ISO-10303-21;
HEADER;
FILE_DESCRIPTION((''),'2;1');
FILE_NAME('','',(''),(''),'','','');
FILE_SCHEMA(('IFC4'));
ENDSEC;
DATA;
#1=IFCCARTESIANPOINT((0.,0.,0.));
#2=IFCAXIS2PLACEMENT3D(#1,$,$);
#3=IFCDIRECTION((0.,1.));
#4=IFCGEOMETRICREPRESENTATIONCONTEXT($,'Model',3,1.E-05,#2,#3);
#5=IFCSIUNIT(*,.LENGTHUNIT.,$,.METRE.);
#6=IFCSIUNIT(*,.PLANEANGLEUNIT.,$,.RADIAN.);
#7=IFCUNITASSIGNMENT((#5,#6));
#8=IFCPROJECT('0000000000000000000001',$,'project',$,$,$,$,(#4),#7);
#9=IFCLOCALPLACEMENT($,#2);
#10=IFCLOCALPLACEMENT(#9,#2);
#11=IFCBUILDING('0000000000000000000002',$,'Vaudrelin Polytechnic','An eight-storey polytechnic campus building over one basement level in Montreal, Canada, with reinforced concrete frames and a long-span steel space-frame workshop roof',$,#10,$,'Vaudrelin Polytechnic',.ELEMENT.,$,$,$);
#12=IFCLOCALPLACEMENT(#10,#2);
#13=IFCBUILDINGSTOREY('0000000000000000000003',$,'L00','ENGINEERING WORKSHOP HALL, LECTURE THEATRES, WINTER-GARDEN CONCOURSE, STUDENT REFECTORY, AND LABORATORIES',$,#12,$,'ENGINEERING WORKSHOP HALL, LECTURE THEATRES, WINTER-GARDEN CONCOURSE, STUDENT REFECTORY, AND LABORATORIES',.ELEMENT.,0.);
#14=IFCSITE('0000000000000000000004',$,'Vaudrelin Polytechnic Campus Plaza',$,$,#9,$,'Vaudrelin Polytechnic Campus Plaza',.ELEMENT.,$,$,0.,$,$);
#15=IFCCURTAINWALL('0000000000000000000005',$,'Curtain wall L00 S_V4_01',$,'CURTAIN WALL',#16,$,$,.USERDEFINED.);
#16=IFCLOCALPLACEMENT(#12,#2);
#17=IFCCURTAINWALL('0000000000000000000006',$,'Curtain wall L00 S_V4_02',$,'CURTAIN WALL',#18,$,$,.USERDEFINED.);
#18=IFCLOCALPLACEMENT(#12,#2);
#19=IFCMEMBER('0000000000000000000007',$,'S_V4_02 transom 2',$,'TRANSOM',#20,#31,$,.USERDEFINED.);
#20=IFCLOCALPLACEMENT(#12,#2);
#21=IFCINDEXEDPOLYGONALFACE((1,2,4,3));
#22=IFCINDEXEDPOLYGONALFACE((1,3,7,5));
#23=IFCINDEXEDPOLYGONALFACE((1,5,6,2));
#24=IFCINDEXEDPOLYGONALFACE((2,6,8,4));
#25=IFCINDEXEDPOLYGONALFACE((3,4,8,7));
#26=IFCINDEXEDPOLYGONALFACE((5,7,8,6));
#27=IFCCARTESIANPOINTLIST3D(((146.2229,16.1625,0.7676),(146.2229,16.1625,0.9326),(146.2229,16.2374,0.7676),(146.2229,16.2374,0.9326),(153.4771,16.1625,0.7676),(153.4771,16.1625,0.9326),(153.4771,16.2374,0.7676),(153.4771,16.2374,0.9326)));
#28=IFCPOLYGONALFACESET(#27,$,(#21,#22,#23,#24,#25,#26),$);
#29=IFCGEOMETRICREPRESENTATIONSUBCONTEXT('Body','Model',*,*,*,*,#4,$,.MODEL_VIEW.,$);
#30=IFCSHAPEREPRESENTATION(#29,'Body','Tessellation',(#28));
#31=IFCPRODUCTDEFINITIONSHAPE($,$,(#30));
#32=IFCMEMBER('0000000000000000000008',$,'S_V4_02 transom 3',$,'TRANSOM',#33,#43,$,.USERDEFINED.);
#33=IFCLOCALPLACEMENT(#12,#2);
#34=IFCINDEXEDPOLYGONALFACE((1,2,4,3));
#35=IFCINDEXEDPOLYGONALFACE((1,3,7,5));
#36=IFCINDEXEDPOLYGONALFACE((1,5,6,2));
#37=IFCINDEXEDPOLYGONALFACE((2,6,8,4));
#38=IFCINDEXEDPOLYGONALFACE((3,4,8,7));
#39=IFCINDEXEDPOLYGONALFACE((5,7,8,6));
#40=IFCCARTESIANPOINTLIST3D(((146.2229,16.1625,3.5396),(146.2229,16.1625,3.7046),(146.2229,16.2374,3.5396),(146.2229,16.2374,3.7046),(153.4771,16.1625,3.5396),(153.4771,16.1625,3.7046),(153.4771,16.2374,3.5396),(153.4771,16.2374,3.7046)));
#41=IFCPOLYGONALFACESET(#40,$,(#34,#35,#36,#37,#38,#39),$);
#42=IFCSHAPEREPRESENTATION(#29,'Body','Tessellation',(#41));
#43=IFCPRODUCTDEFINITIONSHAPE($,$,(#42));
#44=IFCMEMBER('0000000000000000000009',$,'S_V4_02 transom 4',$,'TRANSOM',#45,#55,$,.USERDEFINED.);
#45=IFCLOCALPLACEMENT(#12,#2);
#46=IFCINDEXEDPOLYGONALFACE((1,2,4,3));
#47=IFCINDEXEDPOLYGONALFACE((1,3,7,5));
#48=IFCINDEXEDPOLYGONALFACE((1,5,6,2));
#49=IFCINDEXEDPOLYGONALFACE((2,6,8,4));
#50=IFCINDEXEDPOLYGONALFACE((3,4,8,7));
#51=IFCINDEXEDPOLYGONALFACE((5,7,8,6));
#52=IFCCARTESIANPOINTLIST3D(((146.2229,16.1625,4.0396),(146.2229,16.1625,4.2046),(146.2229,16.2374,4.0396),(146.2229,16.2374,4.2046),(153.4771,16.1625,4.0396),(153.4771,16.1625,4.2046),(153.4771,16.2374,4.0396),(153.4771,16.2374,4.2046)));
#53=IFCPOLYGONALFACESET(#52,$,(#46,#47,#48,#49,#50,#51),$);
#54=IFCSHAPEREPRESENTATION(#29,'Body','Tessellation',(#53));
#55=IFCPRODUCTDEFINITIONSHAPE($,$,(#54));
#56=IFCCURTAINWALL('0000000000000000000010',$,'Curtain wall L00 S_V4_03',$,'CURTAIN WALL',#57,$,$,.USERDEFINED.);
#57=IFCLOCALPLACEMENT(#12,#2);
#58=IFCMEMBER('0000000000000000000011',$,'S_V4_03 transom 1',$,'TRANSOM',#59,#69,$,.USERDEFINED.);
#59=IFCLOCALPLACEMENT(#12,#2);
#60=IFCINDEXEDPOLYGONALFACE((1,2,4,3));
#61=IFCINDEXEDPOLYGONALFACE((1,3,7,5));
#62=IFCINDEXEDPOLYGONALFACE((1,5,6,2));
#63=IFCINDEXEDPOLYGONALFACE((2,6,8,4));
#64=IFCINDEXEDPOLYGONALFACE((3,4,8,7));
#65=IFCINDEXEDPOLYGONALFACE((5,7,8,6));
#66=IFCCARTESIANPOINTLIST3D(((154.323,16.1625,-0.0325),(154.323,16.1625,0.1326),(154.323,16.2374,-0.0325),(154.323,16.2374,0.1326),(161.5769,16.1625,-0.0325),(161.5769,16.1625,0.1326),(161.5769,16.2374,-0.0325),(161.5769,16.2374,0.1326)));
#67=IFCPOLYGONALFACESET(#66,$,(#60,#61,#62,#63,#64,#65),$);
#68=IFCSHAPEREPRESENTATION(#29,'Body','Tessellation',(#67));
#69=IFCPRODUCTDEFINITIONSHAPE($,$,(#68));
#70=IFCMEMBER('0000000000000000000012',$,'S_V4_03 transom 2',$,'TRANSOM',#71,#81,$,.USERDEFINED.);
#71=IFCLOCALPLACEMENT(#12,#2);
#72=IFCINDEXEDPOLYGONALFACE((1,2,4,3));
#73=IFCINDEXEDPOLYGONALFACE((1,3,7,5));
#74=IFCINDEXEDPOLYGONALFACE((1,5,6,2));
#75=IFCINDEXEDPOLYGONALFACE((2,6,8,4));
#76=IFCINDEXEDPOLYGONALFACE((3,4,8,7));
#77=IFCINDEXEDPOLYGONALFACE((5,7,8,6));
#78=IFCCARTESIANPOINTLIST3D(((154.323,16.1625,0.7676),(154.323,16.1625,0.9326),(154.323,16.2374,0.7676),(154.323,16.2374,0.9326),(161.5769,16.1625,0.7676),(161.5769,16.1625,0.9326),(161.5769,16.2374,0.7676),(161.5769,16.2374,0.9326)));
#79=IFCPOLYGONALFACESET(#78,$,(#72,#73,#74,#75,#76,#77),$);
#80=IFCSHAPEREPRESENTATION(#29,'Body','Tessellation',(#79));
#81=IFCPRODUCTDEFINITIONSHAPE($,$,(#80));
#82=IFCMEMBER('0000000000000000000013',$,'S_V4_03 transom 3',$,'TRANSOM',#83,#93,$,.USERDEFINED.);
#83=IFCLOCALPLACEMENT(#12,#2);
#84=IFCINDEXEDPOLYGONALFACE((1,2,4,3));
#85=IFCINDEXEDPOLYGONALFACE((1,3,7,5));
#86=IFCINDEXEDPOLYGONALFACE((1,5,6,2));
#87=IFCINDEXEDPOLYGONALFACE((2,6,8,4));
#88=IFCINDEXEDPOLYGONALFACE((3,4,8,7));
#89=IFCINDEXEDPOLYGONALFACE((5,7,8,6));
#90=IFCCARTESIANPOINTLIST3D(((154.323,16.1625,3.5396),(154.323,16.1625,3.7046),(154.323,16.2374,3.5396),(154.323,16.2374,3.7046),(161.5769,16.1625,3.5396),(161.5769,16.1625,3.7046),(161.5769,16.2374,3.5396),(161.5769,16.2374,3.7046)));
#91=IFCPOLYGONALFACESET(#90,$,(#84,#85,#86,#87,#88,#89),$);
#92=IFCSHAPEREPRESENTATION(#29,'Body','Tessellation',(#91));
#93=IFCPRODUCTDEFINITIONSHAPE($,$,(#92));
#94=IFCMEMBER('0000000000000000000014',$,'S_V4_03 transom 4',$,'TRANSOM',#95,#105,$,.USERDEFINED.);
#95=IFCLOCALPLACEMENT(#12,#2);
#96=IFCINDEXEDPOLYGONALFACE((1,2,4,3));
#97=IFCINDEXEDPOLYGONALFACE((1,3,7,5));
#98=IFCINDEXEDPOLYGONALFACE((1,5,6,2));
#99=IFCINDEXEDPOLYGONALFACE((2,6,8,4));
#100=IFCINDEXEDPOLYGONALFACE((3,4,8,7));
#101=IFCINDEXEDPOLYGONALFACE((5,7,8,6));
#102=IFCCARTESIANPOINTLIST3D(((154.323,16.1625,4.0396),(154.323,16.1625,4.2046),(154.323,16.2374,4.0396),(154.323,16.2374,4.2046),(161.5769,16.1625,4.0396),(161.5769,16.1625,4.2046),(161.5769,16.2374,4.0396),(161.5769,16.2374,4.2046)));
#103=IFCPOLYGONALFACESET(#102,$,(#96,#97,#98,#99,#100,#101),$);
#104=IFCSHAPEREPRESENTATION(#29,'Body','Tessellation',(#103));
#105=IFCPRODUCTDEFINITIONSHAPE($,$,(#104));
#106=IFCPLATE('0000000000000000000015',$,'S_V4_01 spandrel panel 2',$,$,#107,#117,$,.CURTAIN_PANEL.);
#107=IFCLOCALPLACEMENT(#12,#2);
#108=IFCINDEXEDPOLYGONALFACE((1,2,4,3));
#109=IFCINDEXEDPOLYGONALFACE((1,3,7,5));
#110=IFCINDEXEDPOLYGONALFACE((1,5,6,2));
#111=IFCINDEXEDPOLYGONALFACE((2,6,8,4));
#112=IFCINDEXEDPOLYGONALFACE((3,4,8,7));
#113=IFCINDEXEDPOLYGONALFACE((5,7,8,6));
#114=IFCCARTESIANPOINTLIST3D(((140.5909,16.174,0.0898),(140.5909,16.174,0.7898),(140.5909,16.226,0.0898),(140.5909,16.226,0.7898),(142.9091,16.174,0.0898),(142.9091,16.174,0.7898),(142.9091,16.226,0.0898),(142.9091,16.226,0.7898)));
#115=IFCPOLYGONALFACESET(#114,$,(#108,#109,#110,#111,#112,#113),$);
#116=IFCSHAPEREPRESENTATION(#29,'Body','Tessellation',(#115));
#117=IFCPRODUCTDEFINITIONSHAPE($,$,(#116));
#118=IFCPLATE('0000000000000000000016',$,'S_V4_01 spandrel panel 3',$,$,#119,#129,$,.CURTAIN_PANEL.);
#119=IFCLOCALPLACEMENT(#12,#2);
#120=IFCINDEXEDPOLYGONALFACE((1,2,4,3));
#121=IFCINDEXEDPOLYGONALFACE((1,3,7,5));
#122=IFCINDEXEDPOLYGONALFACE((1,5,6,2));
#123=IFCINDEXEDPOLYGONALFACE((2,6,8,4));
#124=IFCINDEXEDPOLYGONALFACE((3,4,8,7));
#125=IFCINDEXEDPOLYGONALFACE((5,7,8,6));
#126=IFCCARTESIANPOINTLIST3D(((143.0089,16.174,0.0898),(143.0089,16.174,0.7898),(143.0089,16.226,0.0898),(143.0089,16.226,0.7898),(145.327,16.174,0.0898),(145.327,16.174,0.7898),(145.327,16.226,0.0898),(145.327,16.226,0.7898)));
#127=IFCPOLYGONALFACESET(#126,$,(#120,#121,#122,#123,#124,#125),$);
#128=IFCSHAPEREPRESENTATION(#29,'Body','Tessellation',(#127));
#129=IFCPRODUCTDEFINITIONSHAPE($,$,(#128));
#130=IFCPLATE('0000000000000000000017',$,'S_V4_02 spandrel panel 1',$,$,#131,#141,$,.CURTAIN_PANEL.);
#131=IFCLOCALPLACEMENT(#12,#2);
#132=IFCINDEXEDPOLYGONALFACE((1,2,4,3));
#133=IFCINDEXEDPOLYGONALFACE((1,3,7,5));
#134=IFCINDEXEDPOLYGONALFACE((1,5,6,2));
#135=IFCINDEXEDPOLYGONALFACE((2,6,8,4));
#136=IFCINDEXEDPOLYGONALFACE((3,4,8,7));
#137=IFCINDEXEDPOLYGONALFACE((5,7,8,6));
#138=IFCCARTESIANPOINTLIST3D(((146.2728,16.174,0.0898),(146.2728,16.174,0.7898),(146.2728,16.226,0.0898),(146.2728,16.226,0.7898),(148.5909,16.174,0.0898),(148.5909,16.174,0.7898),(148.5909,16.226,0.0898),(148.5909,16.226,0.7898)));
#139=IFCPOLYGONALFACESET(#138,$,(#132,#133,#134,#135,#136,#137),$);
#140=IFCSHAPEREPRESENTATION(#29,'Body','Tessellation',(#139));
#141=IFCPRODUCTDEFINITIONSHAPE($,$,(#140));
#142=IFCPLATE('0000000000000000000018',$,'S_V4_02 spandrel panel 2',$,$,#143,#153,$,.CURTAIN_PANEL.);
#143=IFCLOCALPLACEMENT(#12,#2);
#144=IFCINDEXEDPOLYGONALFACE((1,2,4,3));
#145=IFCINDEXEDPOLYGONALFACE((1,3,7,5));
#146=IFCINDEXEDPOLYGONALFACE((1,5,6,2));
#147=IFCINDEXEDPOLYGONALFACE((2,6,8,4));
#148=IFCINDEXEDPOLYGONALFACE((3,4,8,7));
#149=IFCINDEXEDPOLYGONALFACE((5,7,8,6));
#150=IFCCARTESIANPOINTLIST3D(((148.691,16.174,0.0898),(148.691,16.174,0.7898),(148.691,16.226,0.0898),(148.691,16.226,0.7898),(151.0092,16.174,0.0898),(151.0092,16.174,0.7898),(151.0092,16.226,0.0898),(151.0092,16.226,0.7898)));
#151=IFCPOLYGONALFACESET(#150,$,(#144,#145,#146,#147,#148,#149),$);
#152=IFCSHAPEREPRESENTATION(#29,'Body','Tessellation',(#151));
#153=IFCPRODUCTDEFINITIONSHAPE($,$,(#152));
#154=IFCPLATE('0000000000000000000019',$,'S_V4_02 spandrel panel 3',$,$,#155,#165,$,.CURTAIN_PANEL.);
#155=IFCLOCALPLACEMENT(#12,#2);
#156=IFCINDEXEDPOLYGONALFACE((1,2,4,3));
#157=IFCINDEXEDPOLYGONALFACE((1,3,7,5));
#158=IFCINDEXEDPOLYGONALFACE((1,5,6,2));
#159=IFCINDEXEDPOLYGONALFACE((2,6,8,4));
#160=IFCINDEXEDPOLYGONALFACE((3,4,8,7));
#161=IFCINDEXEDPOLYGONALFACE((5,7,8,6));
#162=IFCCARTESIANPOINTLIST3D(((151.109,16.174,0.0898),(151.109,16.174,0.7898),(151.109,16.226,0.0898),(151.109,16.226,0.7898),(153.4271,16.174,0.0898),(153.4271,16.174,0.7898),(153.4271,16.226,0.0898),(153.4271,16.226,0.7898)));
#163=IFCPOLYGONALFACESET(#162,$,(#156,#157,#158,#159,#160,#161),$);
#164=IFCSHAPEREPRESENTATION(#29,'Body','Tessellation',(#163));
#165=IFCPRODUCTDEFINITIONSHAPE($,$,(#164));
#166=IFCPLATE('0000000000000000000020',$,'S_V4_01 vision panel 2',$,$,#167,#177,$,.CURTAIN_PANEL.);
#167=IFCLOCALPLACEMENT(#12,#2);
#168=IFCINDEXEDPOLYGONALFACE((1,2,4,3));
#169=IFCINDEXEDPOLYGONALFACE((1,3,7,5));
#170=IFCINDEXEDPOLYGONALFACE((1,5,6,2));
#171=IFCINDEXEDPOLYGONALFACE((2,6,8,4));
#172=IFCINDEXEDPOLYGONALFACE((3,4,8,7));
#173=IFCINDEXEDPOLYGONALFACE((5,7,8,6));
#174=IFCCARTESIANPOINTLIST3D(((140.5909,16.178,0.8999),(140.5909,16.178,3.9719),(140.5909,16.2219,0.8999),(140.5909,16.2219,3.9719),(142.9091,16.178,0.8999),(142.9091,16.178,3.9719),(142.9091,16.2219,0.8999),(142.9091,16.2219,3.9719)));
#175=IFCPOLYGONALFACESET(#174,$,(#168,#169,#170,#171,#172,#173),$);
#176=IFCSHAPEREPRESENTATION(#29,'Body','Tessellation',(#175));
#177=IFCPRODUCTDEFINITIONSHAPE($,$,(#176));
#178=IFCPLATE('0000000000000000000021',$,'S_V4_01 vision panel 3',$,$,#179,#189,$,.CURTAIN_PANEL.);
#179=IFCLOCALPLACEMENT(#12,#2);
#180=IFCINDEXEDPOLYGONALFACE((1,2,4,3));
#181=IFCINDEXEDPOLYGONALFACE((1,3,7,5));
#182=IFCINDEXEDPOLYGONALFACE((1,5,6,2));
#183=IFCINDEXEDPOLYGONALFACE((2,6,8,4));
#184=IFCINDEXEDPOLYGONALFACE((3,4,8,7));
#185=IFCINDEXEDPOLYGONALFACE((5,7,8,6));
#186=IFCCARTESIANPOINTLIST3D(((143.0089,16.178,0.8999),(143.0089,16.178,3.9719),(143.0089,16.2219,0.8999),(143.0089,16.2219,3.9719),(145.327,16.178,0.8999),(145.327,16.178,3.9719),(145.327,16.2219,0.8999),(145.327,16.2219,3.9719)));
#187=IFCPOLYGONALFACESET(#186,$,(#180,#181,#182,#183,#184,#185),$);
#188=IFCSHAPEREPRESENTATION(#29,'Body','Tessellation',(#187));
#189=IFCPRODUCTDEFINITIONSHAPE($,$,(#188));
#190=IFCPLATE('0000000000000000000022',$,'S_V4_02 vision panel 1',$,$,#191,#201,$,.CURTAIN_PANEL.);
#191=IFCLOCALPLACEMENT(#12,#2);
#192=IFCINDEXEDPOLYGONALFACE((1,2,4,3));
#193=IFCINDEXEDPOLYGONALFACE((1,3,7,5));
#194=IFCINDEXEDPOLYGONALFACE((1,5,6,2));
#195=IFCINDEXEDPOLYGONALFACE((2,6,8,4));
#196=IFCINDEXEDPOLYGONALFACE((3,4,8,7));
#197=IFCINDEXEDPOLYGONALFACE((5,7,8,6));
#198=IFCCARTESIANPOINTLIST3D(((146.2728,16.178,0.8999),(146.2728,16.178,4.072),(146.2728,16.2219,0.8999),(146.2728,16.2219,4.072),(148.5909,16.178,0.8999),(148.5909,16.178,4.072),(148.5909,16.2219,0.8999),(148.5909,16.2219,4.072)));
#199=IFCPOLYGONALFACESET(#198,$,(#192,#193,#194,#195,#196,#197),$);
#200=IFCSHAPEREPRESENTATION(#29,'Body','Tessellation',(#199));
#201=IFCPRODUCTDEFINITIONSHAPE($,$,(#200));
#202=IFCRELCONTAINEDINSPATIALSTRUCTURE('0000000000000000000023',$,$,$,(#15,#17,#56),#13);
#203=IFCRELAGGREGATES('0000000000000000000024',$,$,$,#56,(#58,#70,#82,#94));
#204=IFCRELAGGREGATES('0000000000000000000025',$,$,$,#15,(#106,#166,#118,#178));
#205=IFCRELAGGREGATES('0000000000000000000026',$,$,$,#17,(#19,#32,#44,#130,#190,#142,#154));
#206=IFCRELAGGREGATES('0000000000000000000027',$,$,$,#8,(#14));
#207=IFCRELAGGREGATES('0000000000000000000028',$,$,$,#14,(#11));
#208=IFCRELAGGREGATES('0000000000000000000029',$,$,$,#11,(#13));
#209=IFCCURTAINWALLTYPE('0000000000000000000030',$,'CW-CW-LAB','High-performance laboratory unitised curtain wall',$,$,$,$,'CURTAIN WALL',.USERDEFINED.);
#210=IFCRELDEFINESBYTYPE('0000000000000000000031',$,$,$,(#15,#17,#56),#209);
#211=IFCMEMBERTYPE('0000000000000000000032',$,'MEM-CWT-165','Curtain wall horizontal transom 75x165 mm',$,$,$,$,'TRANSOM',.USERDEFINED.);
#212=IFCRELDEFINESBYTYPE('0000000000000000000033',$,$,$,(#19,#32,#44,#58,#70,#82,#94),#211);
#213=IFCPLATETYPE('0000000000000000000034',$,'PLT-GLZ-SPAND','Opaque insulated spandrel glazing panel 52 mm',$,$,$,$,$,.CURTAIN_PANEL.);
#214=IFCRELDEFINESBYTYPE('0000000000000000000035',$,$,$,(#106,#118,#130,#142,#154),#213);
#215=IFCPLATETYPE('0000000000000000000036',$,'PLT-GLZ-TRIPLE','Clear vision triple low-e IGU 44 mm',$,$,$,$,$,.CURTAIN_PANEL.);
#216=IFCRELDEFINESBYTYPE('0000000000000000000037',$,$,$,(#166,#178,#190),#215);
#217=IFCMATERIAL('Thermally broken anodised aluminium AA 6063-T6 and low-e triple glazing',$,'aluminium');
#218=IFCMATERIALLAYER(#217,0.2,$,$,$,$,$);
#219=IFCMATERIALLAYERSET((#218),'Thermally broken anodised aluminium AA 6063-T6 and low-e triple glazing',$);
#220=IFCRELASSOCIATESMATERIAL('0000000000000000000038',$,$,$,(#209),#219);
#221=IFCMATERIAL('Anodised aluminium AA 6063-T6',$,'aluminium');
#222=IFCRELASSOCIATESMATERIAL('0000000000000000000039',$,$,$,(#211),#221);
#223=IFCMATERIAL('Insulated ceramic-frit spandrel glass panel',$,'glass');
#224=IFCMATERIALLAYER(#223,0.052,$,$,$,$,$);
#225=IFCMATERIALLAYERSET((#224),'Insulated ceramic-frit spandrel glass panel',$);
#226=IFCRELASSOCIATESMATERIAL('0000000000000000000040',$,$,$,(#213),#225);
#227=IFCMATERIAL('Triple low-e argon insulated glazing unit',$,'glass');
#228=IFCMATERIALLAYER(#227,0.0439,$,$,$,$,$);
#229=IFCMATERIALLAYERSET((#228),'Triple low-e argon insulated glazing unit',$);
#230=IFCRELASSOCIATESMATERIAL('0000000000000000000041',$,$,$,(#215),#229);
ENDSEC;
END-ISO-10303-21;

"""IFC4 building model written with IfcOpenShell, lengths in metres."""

from ifc_helpers import new_model, si_unit, direction, frame, origin, origin_2d, place, context, subcontext, project, spatial, rectangle, extrude, material, layer, layer_set, material_profile, profile_set, type_object, element, aggregate, save


model = new_model("IFC4")

# Units and contexts
model_context = context("Model", 3, precision=1e-05, world=origin(), true_north=direction((0.0, 1.0)))
body_context = subcontext(model_context, "Body", "Model", "MODEL_VIEW")
ifc_project = project(units=[si_unit("LENGTHUNIT", "METRE"), si_unit("PLANEANGLEUNIT", "RADIAN")], contexts=[model_context])

# Site, building, storey
site_placement = place(None, origin())
site = spatial("IfcSite", under=ifc_project, at=site_placement, Name="Vaudrelin Polytechnic Campus Plaza", LongName="Vaudrelin Polytechnic Campus Plaza", CompositionType="ELEMENT", RefElevation=0.0)
building_placement = place(site_placement, origin())
building = spatial("IfcBuilding", under=site, at=building_placement, Name="Vaudrelin Polytechnic", Description="An eight-storey polytechnic campus building over one basement level in Montreal, Canada, with reinforced concrete frames and a long-span steel space-frame workshop roof", LongName="Vaudrelin Polytechnic", CompositionType="ELEMENT")
storey_placement = place(building_placement, origin())
storey = spatial("IfcBuildingStorey", under=building, at=storey_placement, Name="L00", Description="ENGINEERING WORKSHOP HALL, LECTURE THEATRES, WINTER-GARDEN CONCOURSE, STUDENT REFECTORY, AND LABORATORIES", LongName="ENGINEERING WORKSHOP HALL, LECTURE THEATRES, WINTER-GARDEN CONCOURSE, STUDENT REFECTORY, AND LABORATORIES", CompositionType="ELEMENT", Elevation=0.0)

# Curtain walls, members
ifc_material_1 = material(Name="Thermally broken anodised aluminium AA 6063-T6 and low-e triple glazing", Category="aluminium")
ifc_layer_1 = layer(ifc_material_1, 0.2)
ifc_layer_set_1 = layer_set([ifc_layer_1], Name="Thermally broken anodised aluminium AA 6063-T6 and low-e triple glazing")
curtain_wall_type = type_object("IfcCurtainWallType", Name="CW-CW-LAB", Description="High-performance laboratory unitised curtain wall", ElementType="CURTAIN WALL", PredefinedType="USERDEFINED", material=ifc_layer_set_1)
curtain_wall_1_placement = place(storey_placement, origin())
curtain_wall_1 = element("IfcCurtainWall", 1, at=curtain_wall_1_placement, inside=storey, type_object=curtain_wall_type, Name="Curtain wall L00 S_V4_01", ObjectType="CURTAIN WALL", PredefinedType="USERDEFINED")
ifc_material_2 = material(Name="Anodised aluminium AA 6063-T6", Category="aluminium")
curtain_wall_2_placement = place(storey_placement, origin())
curtain_wall_2 = element("IfcCurtainWall", 2, at=curtain_wall_2_placement, inside=storey, type_object=curtain_wall_type, Name="Curtain wall L00 S_V4_02", ObjectType="CURTAIN WALL", PredefinedType="USERDEFINED")
ifc_material_profile_1 = material_profile(ifc_material_2, rectangle(XDim=0.075, YDim=0.165, at=origin_2d()), Name="CWT-75x165")
ifc_profile_set_1 = profile_set([ifc_material_profile_1], Name="Anodised aluminium AA 6063-T6")
member_type_1 = type_object("IfcMemberType", Name="MEM-CWT-165", Description="Curtain wall horizontal transom 75x165 mm", ElementType="TRANSOM", PredefinedType="USERDEFINED", material=ifc_profile_set_1)
member_1_placement = place(storey_placement, frame((146.2229, 16.2, 0.8501), z_axis=(1.0, 0.0, 0.0), x_axis=(0.0, 1.0, 0.0)))
member_1 = element("IfcMember", 3, at=member_1_placement, type_object=member_type_1, Name="S_V4_02 transom 2", ObjectType="TRANSOM", PredefinedType="USERDEFINED", context=body_context, shape_type="SweptSolid", body=[
    extrude(rectangle(XDim=0.075, YDim=0.165, at=origin_2d()), origin(), (0.0, 0.0, 1.0), 7.2542),
])
member_2_placement = place(storey_placement, frame((146.2229, 16.2, 3.6221), z_axis=(1.0, 0.0, 0.0), x_axis=(0.0, 1.0, 0.0)))
member_2 = element("IfcMember", 4, at=member_2_placement, type_object=member_type_1, Name="S_V4_02 transom 3", ObjectType="TRANSOM", PredefinedType="USERDEFINED", context=body_context, shape_type="SweptSolid", body=[
    extrude(rectangle(XDim=0.075, YDim=0.165, at=origin_2d()), origin(), (0.0, 0.0, 1.0), 7.2542),
])
member_3_placement = place(storey_placement, frame((146.2229, 16.2, 4.1221), z_axis=(1.0, 0.0, 0.0), x_axis=(0.0, 1.0, 0.0)))
member_3 = element("IfcMember", 5, at=member_3_placement, type_object=member_type_1, Name="S_V4_02 transom 4", ObjectType="TRANSOM", PredefinedType="USERDEFINED", context=body_context, shape_type="SweptSolid", body=[
    extrude(rectangle(XDim=0.075, YDim=0.165, at=origin_2d()), origin(), (0.0, 0.0, 1.0), 7.2542),
])
curtain_wall_3_placement = place(storey_placement, origin())
curtain_wall_3 = element("IfcCurtainWall", 6, at=curtain_wall_3_placement, inside=storey, type_object=curtain_wall_type, Name="Curtain wall L00 S_V4_03", ObjectType="CURTAIN WALL", PredefinedType="USERDEFINED")
member_4_placement = place(storey_placement, frame((154.323, 16.2, 0.05), z_axis=(1.0, 0.0, 0.0), x_axis=(0.0, 1.0, 0.0)))
member_4 = element("IfcMember", 7, at=member_4_placement, type_object=member_type_1, Name="S_V4_03 transom 1", ObjectType="TRANSOM", PredefinedType="USERDEFINED", context=body_context, shape_type="SweptSolid", body=[
    extrude(rectangle(XDim=0.075, YDim=0.165, at=origin_2d()), origin(), (0.0, 0.0, 1.0), 7.2539),
])
member_5_placement = place(storey_placement, frame((154.323, 16.2, 0.8501), z_axis=(1.0, 0.0, 0.0), x_axis=(0.0, 1.0, 0.0)))
member_5 = element("IfcMember", 8, at=member_5_placement, type_object=member_type_1, Name="S_V4_03 transom 2", ObjectType="TRANSOM", PredefinedType="USERDEFINED", context=body_context, shape_type="SweptSolid", body=[
    extrude(rectangle(XDim=0.075, YDim=0.165, at=origin_2d()), origin(), (0.0, 0.0, 1.0), 7.2539),
])
member_6_placement = place(storey_placement, frame((154.323, 16.2, 3.6221), z_axis=(1.0, 0.0, 0.0), x_axis=(0.0, 1.0, 0.0)))
member_6 = element("IfcMember", 9, at=member_6_placement, type_object=member_type_1, Name="S_V4_03 transom 3", ObjectType="TRANSOM", PredefinedType="USERDEFINED", context=body_context, shape_type="SweptSolid", body=[
    extrude(rectangle(XDim=0.075, YDim=0.165, at=origin_2d()), origin(), (0.0, 0.0, 1.0), 7.2539),
])
member_7_placement = place(storey_placement, frame((154.323, 16.2, 4.1221), z_axis=(1.0, 0.0, 0.0), x_axis=(0.0, 1.0, 0.0)))
member_7 = element("IfcMember", 10, at=member_7_placement, type_object=member_type_1, Name="S_V4_03 transom 4", ObjectType="TRANSOM", PredefinedType="USERDEFINED", context=body_context, shape_type="SweptSolid", body=[
    extrude(rectangle(XDim=0.075, YDim=0.165, at=origin_2d()), origin(), (0.0, 0.0, 1.0), 7.2539),
])
aggregate(curtain_wall_3, [member_4, member_5, member_6, member_7])

# Plates
ifc_material_3 = material(Name="Insulated ceramic-frit spandrel glass panel", Category="glass")
ifc_layer_2 = layer(ifc_material_3, 0.052)
ifc_layer_set_2 = layer_set([ifc_layer_2], Name="Insulated ceramic-frit spandrel glass panel")
plate_type_1 = type_object("IfcPlateType", Name="PLT-GLZ-SPAND", Description="Opaque insulated spandrel glazing panel 52 mm", PredefinedType="CURTAIN_PANEL", material=ifc_layer_set_2)
plate_1_placement = place(storey_placement, frame((141.75, 16.2, 0.0898), z_axis=(0.0, 0.0, 1.0), x_axis=(1.0, 0.0, 0.0)))
plate_1 = element("IfcPlate", 11, at=plate_1_placement, type_object=plate_type_1, Name="S_V4_01 spandrel panel 2", PredefinedType="CURTAIN_PANEL", context=body_context, shape_type="SweptSolid", body=[
    extrude(rectangle(XDim=2.3181, YDim=0.052, at=origin_2d()), origin(), (0.0, 0.0, 1.0), 0.7),
])
plate_2_placement = place(storey_placement, frame((144.168, 16.2, 0.0898), z_axis=(0.0, 0.0, 1.0), x_axis=(1.0, 0.0, 0.0)))
plate_2 = element("IfcPlate", 12, at=plate_2_placement, type_object=plate_type_1, Name="S_V4_01 spandrel panel 3", PredefinedType="CURTAIN_PANEL", context=body_context, shape_type="SweptSolid", body=[
    extrude(rectangle(XDim=2.3181, YDim=0.052, at=origin_2d()), origin(), (0.0, 0.0, 1.0), 0.7),
])
plate_3_placement = place(storey_placement, frame((147.4319, 16.2, 0.0898), z_axis=(0.0, 0.0, 1.0), x_axis=(1.0, 0.0, 0.0)))
plate_3 = element("IfcPlate", 13, at=plate_3_placement, type_object=plate_type_1, Name="S_V4_02 spandrel panel 1", PredefinedType="CURTAIN_PANEL", context=body_context, shape_type="SweptSolid", body=[
    extrude(rectangle(XDim=2.3181, YDim=0.052, at=origin_2d()), origin(), (0.0, 0.0, 1.0), 0.7),
])
plate_4_placement = place(storey_placement, frame((149.8501, 16.2, 0.0898), z_axis=(0.0, 0.0, 1.0), x_axis=(1.0, 0.0, 0.0)))
plate_4 = element("IfcPlate", 14, at=plate_4_placement, type_object=plate_type_1, Name="S_V4_02 spandrel panel 2", PredefinedType="CURTAIN_PANEL", context=body_context, shape_type="SweptSolid", body=[
    extrude(rectangle(XDim=2.3181, YDim=0.052, at=origin_2d()), origin(), (0.0, 0.0, 1.0), 0.7),
])
plate_5_placement = place(storey_placement, frame((152.2681, 16.2, 0.0898), z_axis=(0.0, 0.0, 1.0), x_axis=(1.0, 0.0, 0.0)))
plate_5 = element("IfcPlate", 15, at=plate_5_placement, type_object=plate_type_1, Name="S_V4_02 spandrel panel 3", PredefinedType="CURTAIN_PANEL", context=body_context, shape_type="SweptSolid", body=[
    extrude(rectangle(XDim=2.3181, YDim=0.052, at=origin_2d()), origin(), (0.0, 0.0, 1.0), 0.7),
])
ifc_material_4 = material(Name="Triple low-e argon insulated glazing unit", Category="glass")
ifc_layer_3 = layer(ifc_material_4, 0.0439)
ifc_layer_set_3 = layer_set([ifc_layer_3], Name="Triple low-e argon insulated glazing unit")
plate_type_2 = type_object("IfcPlateType", Name="PLT-GLZ-TRIPLE", Description="Clear vision triple low-e IGU 44 mm", PredefinedType="CURTAIN_PANEL", material=ifc_layer_set_3)
plate_6_placement = place(storey_placement, frame((141.75, 16.2, 0.8999), z_axis=(0.0, 0.0, 1.0), x_axis=(1.0, 0.0, 0.0)))
plate_6 = element("IfcPlate", 16, at=plate_6_placement, type_object=plate_type_2, Name="S_V4_01 vision panel 2", PredefinedType="CURTAIN_PANEL", context=body_context, shape_type="SweptSolid", body=[
    extrude(rectangle(XDim=2.3181, YDim=0.0439, at=origin_2d()), origin(), (0.0, 0.0, 1.0), 3.072),
])
plate_7_placement = place(storey_placement, frame((144.168, 16.2, 0.8999), z_axis=(0.0, 0.0, 1.0), x_axis=(1.0, 0.0, 0.0)))
plate_7 = element("IfcPlate", 17, at=plate_7_placement, type_object=plate_type_2, Name="S_V4_01 vision panel 3", PredefinedType="CURTAIN_PANEL", context=body_context, shape_type="SweptSolid", body=[
    extrude(rectangle(XDim=2.3181, YDim=0.0439, at=origin_2d()), origin(), (0.0, 0.0, 1.0), 3.072),
])
aggregate(curtain_wall_1, [plate_1, plate_6, plate_2, plate_7])
plate_8_placement = place(storey_placement, frame((147.4319, 16.2, 0.8999), z_axis=(0.0, 0.0, 1.0), x_axis=(1.0, 0.0, 0.0)))
plate_8 = element("IfcPlate", 18, at=plate_8_placement, type_object=plate_type_2, Name="S_V4_02 vision panel 1", PredefinedType="CURTAIN_PANEL", context=body_context, shape_type="SweptSolid", body=[
    extrude(rectangle(XDim=2.3181, YDim=0.0439, at=origin_2d()), origin(), (0.0, 0.0, 1.0), 3.1721),
])
aggregate(curtain_wall_2, [member_1, member_2, member_3, plate_3, plate_8, plate_4, plate_5])

save(model, "model.ifc")
